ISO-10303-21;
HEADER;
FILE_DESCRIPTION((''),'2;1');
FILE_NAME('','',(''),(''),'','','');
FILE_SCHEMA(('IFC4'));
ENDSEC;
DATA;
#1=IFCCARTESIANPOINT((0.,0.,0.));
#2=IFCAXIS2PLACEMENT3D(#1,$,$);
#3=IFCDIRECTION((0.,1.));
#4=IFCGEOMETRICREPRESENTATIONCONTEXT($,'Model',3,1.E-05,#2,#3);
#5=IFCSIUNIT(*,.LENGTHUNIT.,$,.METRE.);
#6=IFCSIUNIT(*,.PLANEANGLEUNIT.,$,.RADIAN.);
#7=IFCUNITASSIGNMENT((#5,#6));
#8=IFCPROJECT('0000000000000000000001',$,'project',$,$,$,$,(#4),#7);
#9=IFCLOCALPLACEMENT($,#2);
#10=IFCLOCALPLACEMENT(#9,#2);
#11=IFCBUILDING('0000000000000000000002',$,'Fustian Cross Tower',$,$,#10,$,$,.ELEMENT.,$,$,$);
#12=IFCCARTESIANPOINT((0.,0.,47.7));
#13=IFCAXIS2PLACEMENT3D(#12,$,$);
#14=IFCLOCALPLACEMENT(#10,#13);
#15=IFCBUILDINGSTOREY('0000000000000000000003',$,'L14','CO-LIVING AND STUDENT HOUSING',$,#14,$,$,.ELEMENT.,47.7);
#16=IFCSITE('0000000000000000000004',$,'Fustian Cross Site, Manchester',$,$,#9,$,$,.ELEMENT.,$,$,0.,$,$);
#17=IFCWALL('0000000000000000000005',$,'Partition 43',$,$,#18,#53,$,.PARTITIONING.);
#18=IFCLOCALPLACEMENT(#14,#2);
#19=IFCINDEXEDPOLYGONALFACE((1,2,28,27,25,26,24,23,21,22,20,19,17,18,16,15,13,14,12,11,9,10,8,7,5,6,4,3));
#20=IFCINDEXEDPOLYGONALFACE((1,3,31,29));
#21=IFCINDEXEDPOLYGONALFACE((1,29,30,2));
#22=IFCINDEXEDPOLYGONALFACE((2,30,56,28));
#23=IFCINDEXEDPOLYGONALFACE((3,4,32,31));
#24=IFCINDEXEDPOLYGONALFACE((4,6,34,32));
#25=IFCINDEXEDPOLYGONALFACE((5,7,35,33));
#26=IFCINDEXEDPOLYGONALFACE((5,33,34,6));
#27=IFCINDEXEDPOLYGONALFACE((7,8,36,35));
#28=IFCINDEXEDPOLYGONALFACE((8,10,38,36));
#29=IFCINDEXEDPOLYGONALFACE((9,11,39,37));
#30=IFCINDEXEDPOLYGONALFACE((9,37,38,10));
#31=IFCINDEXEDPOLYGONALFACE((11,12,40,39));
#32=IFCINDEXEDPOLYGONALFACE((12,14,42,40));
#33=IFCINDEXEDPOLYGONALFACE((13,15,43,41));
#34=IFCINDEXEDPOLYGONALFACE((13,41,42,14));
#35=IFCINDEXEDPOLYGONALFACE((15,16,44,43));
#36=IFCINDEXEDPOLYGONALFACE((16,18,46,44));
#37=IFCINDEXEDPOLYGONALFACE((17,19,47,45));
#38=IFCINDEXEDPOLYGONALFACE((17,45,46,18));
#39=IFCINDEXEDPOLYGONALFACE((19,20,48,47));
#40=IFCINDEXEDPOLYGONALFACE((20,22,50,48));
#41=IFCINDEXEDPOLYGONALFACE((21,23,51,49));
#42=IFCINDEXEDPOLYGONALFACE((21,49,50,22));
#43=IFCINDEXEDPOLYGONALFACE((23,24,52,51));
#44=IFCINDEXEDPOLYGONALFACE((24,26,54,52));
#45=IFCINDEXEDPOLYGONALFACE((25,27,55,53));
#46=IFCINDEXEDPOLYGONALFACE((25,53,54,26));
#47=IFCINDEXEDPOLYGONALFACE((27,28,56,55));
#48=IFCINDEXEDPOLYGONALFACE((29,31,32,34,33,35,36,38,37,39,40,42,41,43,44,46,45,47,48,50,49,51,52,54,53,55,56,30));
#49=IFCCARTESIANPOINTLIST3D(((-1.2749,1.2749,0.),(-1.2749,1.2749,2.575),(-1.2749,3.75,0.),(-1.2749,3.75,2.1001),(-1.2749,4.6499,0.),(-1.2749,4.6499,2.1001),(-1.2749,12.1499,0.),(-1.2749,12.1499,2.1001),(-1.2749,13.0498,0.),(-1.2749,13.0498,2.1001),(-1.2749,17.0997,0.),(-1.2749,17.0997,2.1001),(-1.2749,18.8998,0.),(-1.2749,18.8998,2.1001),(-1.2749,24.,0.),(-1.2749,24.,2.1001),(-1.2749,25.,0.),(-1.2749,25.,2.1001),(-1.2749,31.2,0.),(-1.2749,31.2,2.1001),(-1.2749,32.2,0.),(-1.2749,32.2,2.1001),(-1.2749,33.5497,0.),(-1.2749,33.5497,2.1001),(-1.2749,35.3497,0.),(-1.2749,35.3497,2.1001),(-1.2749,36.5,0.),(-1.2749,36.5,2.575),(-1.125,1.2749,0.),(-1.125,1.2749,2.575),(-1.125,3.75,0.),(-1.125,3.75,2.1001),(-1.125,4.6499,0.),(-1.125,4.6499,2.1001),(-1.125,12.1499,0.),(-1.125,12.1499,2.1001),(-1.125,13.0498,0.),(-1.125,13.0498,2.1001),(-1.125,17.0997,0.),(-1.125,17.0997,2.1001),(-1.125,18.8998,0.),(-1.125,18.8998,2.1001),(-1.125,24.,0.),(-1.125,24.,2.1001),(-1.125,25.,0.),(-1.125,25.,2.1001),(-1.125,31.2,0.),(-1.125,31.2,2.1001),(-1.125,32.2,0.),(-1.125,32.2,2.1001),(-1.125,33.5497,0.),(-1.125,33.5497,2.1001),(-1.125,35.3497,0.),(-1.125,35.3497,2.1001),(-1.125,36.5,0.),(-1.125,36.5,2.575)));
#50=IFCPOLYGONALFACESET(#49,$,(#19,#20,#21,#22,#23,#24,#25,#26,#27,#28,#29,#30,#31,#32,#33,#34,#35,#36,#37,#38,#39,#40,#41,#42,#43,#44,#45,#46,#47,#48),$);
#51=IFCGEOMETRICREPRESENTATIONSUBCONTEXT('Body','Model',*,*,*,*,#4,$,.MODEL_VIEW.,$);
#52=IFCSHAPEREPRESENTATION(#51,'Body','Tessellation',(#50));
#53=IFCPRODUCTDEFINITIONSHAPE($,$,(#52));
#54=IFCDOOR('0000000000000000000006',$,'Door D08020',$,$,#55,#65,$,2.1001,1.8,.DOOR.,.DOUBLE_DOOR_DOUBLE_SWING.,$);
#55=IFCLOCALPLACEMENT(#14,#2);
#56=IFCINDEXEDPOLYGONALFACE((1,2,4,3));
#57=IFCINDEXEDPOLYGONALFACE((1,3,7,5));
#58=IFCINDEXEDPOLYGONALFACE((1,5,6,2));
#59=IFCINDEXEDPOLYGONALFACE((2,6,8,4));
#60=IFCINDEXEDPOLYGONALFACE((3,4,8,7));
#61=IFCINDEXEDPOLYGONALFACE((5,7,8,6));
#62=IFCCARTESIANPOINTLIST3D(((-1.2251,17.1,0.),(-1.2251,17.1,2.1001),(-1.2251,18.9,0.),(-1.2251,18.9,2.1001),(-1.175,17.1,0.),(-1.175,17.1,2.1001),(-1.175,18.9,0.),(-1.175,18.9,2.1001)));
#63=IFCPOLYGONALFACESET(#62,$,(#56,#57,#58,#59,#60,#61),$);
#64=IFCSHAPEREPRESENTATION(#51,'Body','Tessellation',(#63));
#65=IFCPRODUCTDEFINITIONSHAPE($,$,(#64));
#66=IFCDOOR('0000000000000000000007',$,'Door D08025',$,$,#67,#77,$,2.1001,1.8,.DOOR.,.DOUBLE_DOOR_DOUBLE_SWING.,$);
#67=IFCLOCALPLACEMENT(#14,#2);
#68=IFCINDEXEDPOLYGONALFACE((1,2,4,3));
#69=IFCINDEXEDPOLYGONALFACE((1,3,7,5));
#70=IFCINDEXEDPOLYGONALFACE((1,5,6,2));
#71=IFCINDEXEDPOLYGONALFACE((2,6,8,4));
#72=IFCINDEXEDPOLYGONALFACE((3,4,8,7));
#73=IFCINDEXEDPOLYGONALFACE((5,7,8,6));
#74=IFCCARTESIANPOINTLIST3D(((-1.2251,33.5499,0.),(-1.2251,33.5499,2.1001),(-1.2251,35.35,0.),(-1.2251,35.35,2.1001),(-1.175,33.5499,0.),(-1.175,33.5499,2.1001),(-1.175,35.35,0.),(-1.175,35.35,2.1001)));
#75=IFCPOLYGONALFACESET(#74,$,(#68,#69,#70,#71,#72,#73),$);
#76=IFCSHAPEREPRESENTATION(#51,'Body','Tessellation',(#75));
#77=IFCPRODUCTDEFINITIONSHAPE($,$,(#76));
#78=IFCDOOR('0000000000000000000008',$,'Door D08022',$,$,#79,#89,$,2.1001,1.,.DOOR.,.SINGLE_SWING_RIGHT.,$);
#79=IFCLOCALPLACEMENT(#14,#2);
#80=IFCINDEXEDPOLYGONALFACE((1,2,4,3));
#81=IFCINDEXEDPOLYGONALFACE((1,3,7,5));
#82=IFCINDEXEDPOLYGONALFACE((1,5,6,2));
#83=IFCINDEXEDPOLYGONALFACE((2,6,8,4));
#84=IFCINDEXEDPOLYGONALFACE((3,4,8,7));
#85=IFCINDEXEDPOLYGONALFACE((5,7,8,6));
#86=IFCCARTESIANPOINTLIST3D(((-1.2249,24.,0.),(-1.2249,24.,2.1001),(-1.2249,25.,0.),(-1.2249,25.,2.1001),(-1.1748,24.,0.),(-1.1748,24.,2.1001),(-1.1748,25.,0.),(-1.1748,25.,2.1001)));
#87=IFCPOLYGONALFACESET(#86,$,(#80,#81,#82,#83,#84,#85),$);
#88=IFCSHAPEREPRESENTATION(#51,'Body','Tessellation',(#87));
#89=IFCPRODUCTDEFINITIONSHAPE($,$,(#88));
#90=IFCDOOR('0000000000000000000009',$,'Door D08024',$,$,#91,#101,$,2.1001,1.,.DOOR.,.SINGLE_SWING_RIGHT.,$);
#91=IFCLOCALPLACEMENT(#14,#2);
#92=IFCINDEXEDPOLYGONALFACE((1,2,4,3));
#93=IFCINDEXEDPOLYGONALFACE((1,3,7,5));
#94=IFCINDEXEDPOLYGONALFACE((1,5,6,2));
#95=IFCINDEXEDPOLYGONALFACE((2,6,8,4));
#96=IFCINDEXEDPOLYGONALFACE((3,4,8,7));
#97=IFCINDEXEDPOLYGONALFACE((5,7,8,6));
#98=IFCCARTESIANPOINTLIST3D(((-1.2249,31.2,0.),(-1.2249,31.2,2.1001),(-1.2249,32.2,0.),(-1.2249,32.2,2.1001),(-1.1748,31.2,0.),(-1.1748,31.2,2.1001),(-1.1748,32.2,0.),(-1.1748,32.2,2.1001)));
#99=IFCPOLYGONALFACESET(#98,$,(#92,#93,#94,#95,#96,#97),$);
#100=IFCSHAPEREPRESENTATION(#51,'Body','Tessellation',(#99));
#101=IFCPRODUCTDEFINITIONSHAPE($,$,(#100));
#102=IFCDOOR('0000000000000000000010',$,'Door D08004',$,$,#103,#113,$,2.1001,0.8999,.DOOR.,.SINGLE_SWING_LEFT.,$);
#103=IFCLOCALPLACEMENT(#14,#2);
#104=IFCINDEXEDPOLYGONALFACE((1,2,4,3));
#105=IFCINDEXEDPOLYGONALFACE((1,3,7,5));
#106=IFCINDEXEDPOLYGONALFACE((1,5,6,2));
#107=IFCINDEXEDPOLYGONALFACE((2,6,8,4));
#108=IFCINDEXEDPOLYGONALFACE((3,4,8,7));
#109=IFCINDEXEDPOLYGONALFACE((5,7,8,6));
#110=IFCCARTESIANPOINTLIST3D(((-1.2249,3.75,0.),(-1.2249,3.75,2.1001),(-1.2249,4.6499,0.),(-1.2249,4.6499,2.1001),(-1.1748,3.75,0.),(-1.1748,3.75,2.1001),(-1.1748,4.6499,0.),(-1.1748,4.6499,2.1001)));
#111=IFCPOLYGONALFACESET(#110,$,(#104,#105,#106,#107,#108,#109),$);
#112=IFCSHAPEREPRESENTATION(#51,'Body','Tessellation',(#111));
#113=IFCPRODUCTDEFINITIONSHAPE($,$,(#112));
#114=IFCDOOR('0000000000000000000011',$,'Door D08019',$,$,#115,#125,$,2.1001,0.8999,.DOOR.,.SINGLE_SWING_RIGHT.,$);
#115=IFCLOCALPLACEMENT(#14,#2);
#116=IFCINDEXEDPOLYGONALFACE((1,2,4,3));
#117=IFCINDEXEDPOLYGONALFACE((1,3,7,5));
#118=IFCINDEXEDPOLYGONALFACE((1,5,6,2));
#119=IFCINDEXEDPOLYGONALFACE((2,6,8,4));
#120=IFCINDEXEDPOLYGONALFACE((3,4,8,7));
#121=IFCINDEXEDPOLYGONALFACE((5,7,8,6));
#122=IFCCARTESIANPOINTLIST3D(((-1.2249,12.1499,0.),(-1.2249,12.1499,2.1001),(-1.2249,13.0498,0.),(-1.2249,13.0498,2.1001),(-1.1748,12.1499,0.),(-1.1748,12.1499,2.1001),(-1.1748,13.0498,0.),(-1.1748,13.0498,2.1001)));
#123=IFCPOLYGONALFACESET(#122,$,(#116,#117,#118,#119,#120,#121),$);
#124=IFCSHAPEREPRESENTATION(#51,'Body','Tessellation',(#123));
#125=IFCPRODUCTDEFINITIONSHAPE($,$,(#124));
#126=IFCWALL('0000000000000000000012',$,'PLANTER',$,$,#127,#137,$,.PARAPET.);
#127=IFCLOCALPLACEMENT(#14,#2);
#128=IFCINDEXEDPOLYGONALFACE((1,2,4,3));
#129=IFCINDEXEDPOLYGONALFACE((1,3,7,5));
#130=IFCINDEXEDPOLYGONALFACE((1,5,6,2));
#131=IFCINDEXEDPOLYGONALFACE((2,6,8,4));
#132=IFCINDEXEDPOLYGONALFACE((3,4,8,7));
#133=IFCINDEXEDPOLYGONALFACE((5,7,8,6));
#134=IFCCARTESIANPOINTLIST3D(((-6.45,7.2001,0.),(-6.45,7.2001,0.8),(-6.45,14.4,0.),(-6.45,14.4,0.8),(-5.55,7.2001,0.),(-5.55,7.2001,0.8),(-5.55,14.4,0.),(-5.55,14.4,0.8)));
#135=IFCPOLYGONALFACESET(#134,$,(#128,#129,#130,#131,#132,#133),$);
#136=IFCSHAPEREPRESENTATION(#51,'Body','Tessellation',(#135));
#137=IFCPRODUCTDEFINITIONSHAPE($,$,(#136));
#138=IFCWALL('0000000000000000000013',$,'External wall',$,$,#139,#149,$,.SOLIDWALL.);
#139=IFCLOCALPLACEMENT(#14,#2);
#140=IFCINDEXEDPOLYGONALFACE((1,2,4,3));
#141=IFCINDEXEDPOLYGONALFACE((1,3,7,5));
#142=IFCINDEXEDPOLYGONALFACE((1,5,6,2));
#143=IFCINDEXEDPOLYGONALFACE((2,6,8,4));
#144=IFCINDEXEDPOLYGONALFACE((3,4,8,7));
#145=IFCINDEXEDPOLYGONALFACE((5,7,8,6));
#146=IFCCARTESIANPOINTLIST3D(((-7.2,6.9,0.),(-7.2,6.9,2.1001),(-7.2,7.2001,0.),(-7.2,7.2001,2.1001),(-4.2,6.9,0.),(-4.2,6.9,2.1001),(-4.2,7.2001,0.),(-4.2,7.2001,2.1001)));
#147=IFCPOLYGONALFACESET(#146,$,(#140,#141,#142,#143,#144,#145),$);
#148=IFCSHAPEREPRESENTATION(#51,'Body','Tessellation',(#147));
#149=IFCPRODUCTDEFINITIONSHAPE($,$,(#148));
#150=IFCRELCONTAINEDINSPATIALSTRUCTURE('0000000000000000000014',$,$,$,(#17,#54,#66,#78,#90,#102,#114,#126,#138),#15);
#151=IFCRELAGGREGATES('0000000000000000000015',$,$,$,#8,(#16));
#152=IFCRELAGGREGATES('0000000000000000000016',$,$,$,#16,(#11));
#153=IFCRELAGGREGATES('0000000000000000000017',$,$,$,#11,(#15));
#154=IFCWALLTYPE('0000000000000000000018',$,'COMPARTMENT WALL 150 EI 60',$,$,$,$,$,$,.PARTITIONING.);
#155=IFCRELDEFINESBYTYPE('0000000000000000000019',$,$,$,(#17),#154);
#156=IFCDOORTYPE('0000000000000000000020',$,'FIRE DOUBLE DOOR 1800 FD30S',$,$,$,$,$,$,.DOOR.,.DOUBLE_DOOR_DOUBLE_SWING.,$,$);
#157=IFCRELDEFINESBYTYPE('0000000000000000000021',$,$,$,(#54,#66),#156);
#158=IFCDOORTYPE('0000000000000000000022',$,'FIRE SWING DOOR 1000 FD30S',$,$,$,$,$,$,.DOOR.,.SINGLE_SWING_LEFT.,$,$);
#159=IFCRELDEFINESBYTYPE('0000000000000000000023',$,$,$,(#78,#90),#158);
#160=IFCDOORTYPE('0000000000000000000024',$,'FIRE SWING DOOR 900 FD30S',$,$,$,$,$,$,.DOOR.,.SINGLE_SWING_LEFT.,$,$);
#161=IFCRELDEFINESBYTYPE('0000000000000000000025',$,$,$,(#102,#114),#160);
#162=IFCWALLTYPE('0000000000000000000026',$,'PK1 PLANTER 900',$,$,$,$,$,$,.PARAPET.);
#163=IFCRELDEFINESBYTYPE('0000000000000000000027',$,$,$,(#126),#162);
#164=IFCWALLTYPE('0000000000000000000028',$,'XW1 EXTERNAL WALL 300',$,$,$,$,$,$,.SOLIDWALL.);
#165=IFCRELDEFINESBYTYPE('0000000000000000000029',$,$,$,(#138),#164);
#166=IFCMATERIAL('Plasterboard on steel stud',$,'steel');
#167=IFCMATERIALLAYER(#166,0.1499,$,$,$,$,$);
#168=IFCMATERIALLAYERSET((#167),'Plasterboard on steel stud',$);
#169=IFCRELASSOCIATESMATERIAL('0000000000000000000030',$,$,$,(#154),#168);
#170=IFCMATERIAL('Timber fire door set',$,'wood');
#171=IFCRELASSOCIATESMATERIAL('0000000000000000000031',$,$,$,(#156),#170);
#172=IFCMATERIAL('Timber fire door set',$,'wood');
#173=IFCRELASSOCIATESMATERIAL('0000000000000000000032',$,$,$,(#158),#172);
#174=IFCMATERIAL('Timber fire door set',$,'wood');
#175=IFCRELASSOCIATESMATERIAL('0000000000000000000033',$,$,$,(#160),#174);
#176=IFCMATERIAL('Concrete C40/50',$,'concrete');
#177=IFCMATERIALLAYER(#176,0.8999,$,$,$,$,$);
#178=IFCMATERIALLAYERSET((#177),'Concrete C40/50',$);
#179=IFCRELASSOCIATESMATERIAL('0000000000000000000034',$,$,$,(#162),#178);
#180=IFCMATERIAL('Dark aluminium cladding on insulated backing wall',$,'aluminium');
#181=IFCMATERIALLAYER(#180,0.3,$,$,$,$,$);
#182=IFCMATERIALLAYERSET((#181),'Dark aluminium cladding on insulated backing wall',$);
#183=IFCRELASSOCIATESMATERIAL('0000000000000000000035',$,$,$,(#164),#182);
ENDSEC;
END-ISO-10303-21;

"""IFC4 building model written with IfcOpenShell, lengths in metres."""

from ifc_helpers import new_model, si_unit, direction, frame, frame_2d, origin, place, context, subcontext, project, spatial, rectangle, extrude, material, layer, layer_set, type_object, element, fill, save


model = new_model("IFC4")

# Units and contexts
model_context = context("Model", 3, precision=1e-05, world=origin(), true_north=direction((0.0, 1.0)))
body_context = subcontext(model_context, "Body", "Model", "MODEL_VIEW")
ifc_project = project(units=[si_unit("LENGTHUNIT", "METRE"), si_unit("PLANEANGLEUNIT", "RADIAN")], contexts=[model_context])

# Site, building, storey
site_placement = place(None, origin())
site = spatial("IfcSite", under=ifc_project, at=site_placement, Name="Fustian Cross Site, Manchester", CompositionType="ELEMENT", RefElevation=0.0)
building_placement = place(site_placement, origin())
building = spatial("IfcBuilding", under=site, at=building_placement, Name="Fustian Cross Tower", CompositionType="ELEMENT")
storey_placement = place(building_placement, frame((0.0, 0.0, 47.7)))
storey = spatial("IfcBuildingStorey", under=building, at=storey_placement, Name="L14", Description="CO-LIVING AND STUDENT HOUSING", CompositionType="ELEMENT", Elevation=47.7)

# Wall, openings, doors
ifc_material_1 = material(Name="Plasterboard on steel stud", Category="steel")
ifc_layer_1 = layer(ifc_material_1, 0.1499)
ifc_layer_set_1 = layer_set([ifc_layer_1], Name="Plasterboard on steel stud")
wall_type_1 = type_object("IfcWallType", Name="COMPARTMENT WALL 150 EI 60", PredefinedType="PARTITIONING", material=ifc_layer_set_1)
wall_1_placement = place(storey_placement, frame((-1.2, 1.2749, 0.0), z_axis=(0.0, 0.0, 1.0), x_axis=(0.0, 1.0, 0.0)))
wall_1 = element("IfcWall", 1, at=wall_1_placement, inside=storey, type_object=wall_type_1, Name="Partition 43", PredefinedType="PARTITIONING", context=body_context, shape_type="SweptSolid", body=[
    extrude(rectangle(XDim=35.2251, YDim=0.1499, at=frame_2d((17.6125, 0.0))), origin(), (0.0, 0.0, 1.0), 2.575),
])
opening_1_placement = place(wall_1_placement, frame((2.4751, 0.0, 0.0)))
opening_1 = element("IfcOpeningElement", 2, at=opening_1_placement, cuts=wall_1, PredefinedType="OPENING", context=body_context, shape_type="SweptSolid", body=[
    extrude(rectangle(XDim=0.8999, YDim=2.1001, at=frame_2d((0.45, 1.05))), frame((0.0, 0.085, 0.0), z_axis=(0.0, -1.0, 0.0), x_axis=(1.0, 0.0, 0.0)), (0.0, 0.0, 1.0), 0.1699),
])
opening_2_placement = place(wall_1_placement, frame((10.875, 0.0, 0.0)))
opening_2 = element("IfcOpeningElement", 3, at=opening_2_placement, cuts=wall_1, PredefinedType="OPENING", context=body_context, shape_type="SweptSolid", body=[
    extrude(rectangle(XDim=0.8999, YDim=2.1001, at=frame_2d((0.45, 1.05))), frame((0.0, 0.085, 0.0), z_axis=(0.0, -1.0, 0.0), x_axis=(1.0, 0.0, 0.0)), (0.0, 0.0, 1.0), 0.1699),
])
opening_3_placement = place(wall_1_placement, frame((15.825, 0.0, 0.0)))
opening_3 = element("IfcOpeningElement", 4, at=opening_3_placement, cuts=wall_1, PredefinedType="OPENING", context=body_context, shape_type="SweptSolid", body=[
    extrude(rectangle(XDim=1.8, YDim=2.1001, at=frame_2d((0.8999, 1.05))), frame((0.0, 0.085, 0.0), z_axis=(0.0, -1.0, 0.0), x_axis=(1.0, 0.0, 0.0)), (0.0, 0.0, 1.0), 0.1699),
])
opening_4_placement = place(wall_1_placement, frame((22.7251, 0.0, 0.0)))
opening_4 = element("IfcOpeningElement", 5, at=opening_4_placement, cuts=wall_1, PredefinedType="OPENING", context=body_context, shape_type="SweptSolid", body=[
    extrude(rectangle(XDim=1.0, YDim=2.1001, at=frame_2d((0.5, 1.05))), frame((0.0, 0.085, 0.0), z_axis=(0.0, -1.0, 0.0), x_axis=(1.0, 0.0, 0.0)), (0.0, 0.0, 1.0), 0.1699),
])
opening_5_placement = place(wall_1_placement, frame((29.925, 0.0, 0.0)))
opening_5 = element("IfcOpeningElement", 6, at=opening_5_placement, cuts=wall_1, PredefinedType="OPENING", context=body_context, shape_type="SweptSolid", body=[
    extrude(rectangle(XDim=1.0, YDim=2.1001, at=frame_2d((0.5, 1.05))), frame((0.0, 0.085, 0.0), z_axis=(0.0, -1.0, 0.0), x_axis=(1.0, 0.0, 0.0)), (0.0, 0.0, 1.0), 0.1699),
])
opening_6_placement = place(wall_1_placement, frame((32.2749, 0.0, 0.0)))
opening_6 = element("IfcOpeningElement", 7, at=opening_6_placement, cuts=wall_1, PredefinedType="OPENING", context=body_context, shape_type="SweptSolid", body=[
    extrude(rectangle(XDim=1.8, YDim=2.1001, at=frame_2d((0.8999, 1.05))), frame((0.0, 0.085, 0.0), z_axis=(0.0, -1.0, 0.0), x_axis=(1.0, 0.0, 0.0)), (0.0, 0.0, 1.0), 0.1699),
])
ifc_material_2 = material(Name="Timber fire door set", Category="wood")
door_type_1 = type_object("IfcDoorType", Name="FIRE DOUBLE DOOR 1800 FD30S", OperationType="DOUBLE_DOOR_DOUBLE_SWING", PredefinedType="DOOR", material=ifc_material_2)
door_1_placement = place(opening_3_placement, frame((1.8, 0.0, 0.0), z_axis=(0.0, 0.0, 1.0), x_axis=(-1.0, 0.0, 0.0)))
door_1 = element("IfcDoor", 8, at=door_1_placement, inside=storey, type_object=door_type_1, Name="Door D08020", OperationType="DOUBLE_DOOR_DOUBLE_SWING", OverallHeight=2.1001, OverallWidth=1.8, PredefinedType="DOOR", context=body_context, shape_type="SweptSolid", body=[
    extrude(rectangle(XDim=1.8, YDim=2.1001, at=frame_2d((0.8999, 1.05))), frame((0.0, 0.0249, 0.0), z_axis=(0.0, -1.0, 0.0), x_axis=(1.0, 0.0, 0.0)), (0.0, 0.0, 1.0), 0.05),
])
fill(opening_3, door_1)
door_2_placement = place(opening_6_placement, frame((1.8, 0.0, 0.0), z_axis=(0.0, 0.0, 1.0), x_axis=(-1.0, 0.0, 0.0)))
door_2 = element("IfcDoor", 9, at=door_2_placement, inside=storey, type_object=door_type_1, Name="Door D08025", OperationType="DOUBLE_DOOR_DOUBLE_SWING", OverallHeight=2.1001, OverallWidth=1.8, PredefinedType="DOOR", context=body_context, shape_type="SweptSolid", body=[
    extrude(rectangle(XDim=1.8, YDim=2.1001, at=frame_2d((0.8999, 1.05))), frame((0.0, 0.0249, 0.0), z_axis=(0.0, -1.0, 0.0), x_axis=(1.0, 0.0, 0.0)), (0.0, 0.0, 1.0), 0.05),
])
fill(opening_6, door_2)
ifc_material_3 = material(Name="Timber fire door set", Category="wood")
door_type_2 = type_object("IfcDoorType", Name="FIRE SWING DOOR 1000 FD30S", OperationType="SINGLE_SWING_LEFT", PredefinedType="DOOR", material=ifc_material_3)
door_3_placement = place(opening_4_placement, origin())
door_3 = element("IfcDoor", 10, at=door_3_placement, inside=storey, type_object=door_type_2, Name="Door D08022", OperationType="SINGLE_SWING_RIGHT", OverallHeight=2.1001, OverallWidth=1.0, PredefinedType="DOOR", context=body_context, shape_type="SweptSolid", body=[
    extrude(rectangle(XDim=1.0, YDim=2.1001, at=frame_2d((0.5, 1.05))), frame((0.0, 0.0249, 0.0), z_axis=(0.0, -1.0, 0.0), x_axis=(1.0, 0.0, 0.0)), (0.0, 0.0, 1.0), 0.05),
])
fill(opening_4, door_3)
door_4_placement = place(opening_5_placement, origin())
door_4 = element("IfcDoor", 11, at=door_4_placement, inside=storey, type_object=door_type_2, Name="Door D08024", OperationType="SINGLE_SWING_RIGHT", OverallHeight=2.1001, OverallWidth=1.0, PredefinedType="DOOR", context=body_context, shape_type="SweptSolid", body=[
    extrude(rectangle(XDim=1.0, YDim=2.1001, at=frame_2d((0.5, 1.05))), frame((0.0, 0.0249, 0.0), z_axis=(0.0, -1.0, 0.0), x_axis=(1.0, 0.0, 0.0)), (0.0, 0.0, 1.0), 0.05),
])
fill(opening_5, door_4)
ifc_material_4 = material(Name="Timber fire door set", Category="wood")
door_type_3 = type_object("IfcDoorType", Name="FIRE SWING DOOR 900 FD30S", OperationType="SINGLE_SWING_LEFT", PredefinedType="DOOR", material=ifc_material_4)
door_5_placement = place(opening_1_placement, origin())
door_5 = element("IfcDoor", 12, at=door_5_placement, inside=storey, type_object=door_type_3, Name="Door D08004", OperationType="SINGLE_SWING_LEFT", OverallHeight=2.1001, OverallWidth=0.8999, PredefinedType="DOOR", context=body_context, shape_type="SweptSolid", body=[
    extrude(rectangle(XDim=0.8999, YDim=2.1001, at=frame_2d((0.45, 1.05))), frame((0.0, 0.0249, 0.0), z_axis=(0.0, -1.0, 0.0), x_axis=(1.0, 0.0, 0.0)), (0.0, 0.0, 1.0), 0.05),
])
fill(opening_1, door_5)
door_6_placement = place(opening_2_placement, origin())
door_6 = element("IfcDoor", 13, at=door_6_placement, inside=storey, type_object=door_type_3, Name="Door D08019", OperationType="SINGLE_SWING_RIGHT", OverallHeight=2.1001, OverallWidth=0.8999, PredefinedType="DOOR", context=body_context, shape_type="SweptSolid", body=[
    extrude(rectangle(XDim=0.8999, YDim=2.1001, at=frame_2d((0.45, 1.05))), frame((0.0, 0.0249, 0.0), z_axis=(0.0, -1.0, 0.0), x_axis=(1.0, 0.0, 0.0)), (0.0, 0.0, 1.0), 0.05),
])
fill(opening_2, door_6)

# Walls
ifc_material_5 = material(Name="Concrete C40/50", Category="concrete")
ifc_layer_2 = layer(ifc_material_5, 0.8999)
ifc_layer_set_2 = layer_set([ifc_layer_2], Name="Concrete C40/50")
wall_type_2 = type_object("IfcWallType", Name="PK1 PLANTER 900", PredefinedType="PARAPET", material=ifc_layer_set_2)
wall_2_placement = place(storey_placement, frame((-6.0, 7.2, 0.0), z_axis=(0.0, 0.0, 1.0), x_axis=(0.0, 1.0, 0.0)))
element("IfcWall", 14, at=wall_2_placement, inside=storey, type_object=wall_type_2, Name="PLANTER", PredefinedType="PARAPET", context=body_context, shape_type="SweptSolid", body=[
    extrude(rectangle(XDim=7.2, YDim=0.8999, at=frame_2d((3.6001, 0.0))), origin(), (0.0, 0.0, 1.0), 0.8),
])
ifc_material_6 = material(Name="Dark aluminium cladding on insulated backing wall", Category="aluminium")
ifc_layer_3 = layer(ifc_material_6, 0.3)
ifc_layer_set_3 = layer_set([ifc_layer_3], Name="Dark aluminium cladding on insulated backing wall")
wall_type_3 = type_object("IfcWallType", Name="XW1 EXTERNAL WALL 300", PredefinedType="SOLIDWALL", material=ifc_layer_set_3)
wall_3_placement = place(storey_placement, frame((-4.2, 7.05, 0.0), z_axis=(0.0, 0.0, 1.0), x_axis=(-1.0, 0.0, 0.0)))
element("IfcWall", 15, at=wall_3_placement, inside=storey, type_object=wall_type_3, Name="External wall", PredefinedType="SOLIDWALL", context=body_context, shape_type="SweptSolid", body=[
    extrude(rectangle(XDim=3.0, YDim=0.3, at=frame_2d((1.5, 0.0))), origin(), (0.0, 0.0, 1.0), 2.1001),
])

save(model, "model.ifc")
